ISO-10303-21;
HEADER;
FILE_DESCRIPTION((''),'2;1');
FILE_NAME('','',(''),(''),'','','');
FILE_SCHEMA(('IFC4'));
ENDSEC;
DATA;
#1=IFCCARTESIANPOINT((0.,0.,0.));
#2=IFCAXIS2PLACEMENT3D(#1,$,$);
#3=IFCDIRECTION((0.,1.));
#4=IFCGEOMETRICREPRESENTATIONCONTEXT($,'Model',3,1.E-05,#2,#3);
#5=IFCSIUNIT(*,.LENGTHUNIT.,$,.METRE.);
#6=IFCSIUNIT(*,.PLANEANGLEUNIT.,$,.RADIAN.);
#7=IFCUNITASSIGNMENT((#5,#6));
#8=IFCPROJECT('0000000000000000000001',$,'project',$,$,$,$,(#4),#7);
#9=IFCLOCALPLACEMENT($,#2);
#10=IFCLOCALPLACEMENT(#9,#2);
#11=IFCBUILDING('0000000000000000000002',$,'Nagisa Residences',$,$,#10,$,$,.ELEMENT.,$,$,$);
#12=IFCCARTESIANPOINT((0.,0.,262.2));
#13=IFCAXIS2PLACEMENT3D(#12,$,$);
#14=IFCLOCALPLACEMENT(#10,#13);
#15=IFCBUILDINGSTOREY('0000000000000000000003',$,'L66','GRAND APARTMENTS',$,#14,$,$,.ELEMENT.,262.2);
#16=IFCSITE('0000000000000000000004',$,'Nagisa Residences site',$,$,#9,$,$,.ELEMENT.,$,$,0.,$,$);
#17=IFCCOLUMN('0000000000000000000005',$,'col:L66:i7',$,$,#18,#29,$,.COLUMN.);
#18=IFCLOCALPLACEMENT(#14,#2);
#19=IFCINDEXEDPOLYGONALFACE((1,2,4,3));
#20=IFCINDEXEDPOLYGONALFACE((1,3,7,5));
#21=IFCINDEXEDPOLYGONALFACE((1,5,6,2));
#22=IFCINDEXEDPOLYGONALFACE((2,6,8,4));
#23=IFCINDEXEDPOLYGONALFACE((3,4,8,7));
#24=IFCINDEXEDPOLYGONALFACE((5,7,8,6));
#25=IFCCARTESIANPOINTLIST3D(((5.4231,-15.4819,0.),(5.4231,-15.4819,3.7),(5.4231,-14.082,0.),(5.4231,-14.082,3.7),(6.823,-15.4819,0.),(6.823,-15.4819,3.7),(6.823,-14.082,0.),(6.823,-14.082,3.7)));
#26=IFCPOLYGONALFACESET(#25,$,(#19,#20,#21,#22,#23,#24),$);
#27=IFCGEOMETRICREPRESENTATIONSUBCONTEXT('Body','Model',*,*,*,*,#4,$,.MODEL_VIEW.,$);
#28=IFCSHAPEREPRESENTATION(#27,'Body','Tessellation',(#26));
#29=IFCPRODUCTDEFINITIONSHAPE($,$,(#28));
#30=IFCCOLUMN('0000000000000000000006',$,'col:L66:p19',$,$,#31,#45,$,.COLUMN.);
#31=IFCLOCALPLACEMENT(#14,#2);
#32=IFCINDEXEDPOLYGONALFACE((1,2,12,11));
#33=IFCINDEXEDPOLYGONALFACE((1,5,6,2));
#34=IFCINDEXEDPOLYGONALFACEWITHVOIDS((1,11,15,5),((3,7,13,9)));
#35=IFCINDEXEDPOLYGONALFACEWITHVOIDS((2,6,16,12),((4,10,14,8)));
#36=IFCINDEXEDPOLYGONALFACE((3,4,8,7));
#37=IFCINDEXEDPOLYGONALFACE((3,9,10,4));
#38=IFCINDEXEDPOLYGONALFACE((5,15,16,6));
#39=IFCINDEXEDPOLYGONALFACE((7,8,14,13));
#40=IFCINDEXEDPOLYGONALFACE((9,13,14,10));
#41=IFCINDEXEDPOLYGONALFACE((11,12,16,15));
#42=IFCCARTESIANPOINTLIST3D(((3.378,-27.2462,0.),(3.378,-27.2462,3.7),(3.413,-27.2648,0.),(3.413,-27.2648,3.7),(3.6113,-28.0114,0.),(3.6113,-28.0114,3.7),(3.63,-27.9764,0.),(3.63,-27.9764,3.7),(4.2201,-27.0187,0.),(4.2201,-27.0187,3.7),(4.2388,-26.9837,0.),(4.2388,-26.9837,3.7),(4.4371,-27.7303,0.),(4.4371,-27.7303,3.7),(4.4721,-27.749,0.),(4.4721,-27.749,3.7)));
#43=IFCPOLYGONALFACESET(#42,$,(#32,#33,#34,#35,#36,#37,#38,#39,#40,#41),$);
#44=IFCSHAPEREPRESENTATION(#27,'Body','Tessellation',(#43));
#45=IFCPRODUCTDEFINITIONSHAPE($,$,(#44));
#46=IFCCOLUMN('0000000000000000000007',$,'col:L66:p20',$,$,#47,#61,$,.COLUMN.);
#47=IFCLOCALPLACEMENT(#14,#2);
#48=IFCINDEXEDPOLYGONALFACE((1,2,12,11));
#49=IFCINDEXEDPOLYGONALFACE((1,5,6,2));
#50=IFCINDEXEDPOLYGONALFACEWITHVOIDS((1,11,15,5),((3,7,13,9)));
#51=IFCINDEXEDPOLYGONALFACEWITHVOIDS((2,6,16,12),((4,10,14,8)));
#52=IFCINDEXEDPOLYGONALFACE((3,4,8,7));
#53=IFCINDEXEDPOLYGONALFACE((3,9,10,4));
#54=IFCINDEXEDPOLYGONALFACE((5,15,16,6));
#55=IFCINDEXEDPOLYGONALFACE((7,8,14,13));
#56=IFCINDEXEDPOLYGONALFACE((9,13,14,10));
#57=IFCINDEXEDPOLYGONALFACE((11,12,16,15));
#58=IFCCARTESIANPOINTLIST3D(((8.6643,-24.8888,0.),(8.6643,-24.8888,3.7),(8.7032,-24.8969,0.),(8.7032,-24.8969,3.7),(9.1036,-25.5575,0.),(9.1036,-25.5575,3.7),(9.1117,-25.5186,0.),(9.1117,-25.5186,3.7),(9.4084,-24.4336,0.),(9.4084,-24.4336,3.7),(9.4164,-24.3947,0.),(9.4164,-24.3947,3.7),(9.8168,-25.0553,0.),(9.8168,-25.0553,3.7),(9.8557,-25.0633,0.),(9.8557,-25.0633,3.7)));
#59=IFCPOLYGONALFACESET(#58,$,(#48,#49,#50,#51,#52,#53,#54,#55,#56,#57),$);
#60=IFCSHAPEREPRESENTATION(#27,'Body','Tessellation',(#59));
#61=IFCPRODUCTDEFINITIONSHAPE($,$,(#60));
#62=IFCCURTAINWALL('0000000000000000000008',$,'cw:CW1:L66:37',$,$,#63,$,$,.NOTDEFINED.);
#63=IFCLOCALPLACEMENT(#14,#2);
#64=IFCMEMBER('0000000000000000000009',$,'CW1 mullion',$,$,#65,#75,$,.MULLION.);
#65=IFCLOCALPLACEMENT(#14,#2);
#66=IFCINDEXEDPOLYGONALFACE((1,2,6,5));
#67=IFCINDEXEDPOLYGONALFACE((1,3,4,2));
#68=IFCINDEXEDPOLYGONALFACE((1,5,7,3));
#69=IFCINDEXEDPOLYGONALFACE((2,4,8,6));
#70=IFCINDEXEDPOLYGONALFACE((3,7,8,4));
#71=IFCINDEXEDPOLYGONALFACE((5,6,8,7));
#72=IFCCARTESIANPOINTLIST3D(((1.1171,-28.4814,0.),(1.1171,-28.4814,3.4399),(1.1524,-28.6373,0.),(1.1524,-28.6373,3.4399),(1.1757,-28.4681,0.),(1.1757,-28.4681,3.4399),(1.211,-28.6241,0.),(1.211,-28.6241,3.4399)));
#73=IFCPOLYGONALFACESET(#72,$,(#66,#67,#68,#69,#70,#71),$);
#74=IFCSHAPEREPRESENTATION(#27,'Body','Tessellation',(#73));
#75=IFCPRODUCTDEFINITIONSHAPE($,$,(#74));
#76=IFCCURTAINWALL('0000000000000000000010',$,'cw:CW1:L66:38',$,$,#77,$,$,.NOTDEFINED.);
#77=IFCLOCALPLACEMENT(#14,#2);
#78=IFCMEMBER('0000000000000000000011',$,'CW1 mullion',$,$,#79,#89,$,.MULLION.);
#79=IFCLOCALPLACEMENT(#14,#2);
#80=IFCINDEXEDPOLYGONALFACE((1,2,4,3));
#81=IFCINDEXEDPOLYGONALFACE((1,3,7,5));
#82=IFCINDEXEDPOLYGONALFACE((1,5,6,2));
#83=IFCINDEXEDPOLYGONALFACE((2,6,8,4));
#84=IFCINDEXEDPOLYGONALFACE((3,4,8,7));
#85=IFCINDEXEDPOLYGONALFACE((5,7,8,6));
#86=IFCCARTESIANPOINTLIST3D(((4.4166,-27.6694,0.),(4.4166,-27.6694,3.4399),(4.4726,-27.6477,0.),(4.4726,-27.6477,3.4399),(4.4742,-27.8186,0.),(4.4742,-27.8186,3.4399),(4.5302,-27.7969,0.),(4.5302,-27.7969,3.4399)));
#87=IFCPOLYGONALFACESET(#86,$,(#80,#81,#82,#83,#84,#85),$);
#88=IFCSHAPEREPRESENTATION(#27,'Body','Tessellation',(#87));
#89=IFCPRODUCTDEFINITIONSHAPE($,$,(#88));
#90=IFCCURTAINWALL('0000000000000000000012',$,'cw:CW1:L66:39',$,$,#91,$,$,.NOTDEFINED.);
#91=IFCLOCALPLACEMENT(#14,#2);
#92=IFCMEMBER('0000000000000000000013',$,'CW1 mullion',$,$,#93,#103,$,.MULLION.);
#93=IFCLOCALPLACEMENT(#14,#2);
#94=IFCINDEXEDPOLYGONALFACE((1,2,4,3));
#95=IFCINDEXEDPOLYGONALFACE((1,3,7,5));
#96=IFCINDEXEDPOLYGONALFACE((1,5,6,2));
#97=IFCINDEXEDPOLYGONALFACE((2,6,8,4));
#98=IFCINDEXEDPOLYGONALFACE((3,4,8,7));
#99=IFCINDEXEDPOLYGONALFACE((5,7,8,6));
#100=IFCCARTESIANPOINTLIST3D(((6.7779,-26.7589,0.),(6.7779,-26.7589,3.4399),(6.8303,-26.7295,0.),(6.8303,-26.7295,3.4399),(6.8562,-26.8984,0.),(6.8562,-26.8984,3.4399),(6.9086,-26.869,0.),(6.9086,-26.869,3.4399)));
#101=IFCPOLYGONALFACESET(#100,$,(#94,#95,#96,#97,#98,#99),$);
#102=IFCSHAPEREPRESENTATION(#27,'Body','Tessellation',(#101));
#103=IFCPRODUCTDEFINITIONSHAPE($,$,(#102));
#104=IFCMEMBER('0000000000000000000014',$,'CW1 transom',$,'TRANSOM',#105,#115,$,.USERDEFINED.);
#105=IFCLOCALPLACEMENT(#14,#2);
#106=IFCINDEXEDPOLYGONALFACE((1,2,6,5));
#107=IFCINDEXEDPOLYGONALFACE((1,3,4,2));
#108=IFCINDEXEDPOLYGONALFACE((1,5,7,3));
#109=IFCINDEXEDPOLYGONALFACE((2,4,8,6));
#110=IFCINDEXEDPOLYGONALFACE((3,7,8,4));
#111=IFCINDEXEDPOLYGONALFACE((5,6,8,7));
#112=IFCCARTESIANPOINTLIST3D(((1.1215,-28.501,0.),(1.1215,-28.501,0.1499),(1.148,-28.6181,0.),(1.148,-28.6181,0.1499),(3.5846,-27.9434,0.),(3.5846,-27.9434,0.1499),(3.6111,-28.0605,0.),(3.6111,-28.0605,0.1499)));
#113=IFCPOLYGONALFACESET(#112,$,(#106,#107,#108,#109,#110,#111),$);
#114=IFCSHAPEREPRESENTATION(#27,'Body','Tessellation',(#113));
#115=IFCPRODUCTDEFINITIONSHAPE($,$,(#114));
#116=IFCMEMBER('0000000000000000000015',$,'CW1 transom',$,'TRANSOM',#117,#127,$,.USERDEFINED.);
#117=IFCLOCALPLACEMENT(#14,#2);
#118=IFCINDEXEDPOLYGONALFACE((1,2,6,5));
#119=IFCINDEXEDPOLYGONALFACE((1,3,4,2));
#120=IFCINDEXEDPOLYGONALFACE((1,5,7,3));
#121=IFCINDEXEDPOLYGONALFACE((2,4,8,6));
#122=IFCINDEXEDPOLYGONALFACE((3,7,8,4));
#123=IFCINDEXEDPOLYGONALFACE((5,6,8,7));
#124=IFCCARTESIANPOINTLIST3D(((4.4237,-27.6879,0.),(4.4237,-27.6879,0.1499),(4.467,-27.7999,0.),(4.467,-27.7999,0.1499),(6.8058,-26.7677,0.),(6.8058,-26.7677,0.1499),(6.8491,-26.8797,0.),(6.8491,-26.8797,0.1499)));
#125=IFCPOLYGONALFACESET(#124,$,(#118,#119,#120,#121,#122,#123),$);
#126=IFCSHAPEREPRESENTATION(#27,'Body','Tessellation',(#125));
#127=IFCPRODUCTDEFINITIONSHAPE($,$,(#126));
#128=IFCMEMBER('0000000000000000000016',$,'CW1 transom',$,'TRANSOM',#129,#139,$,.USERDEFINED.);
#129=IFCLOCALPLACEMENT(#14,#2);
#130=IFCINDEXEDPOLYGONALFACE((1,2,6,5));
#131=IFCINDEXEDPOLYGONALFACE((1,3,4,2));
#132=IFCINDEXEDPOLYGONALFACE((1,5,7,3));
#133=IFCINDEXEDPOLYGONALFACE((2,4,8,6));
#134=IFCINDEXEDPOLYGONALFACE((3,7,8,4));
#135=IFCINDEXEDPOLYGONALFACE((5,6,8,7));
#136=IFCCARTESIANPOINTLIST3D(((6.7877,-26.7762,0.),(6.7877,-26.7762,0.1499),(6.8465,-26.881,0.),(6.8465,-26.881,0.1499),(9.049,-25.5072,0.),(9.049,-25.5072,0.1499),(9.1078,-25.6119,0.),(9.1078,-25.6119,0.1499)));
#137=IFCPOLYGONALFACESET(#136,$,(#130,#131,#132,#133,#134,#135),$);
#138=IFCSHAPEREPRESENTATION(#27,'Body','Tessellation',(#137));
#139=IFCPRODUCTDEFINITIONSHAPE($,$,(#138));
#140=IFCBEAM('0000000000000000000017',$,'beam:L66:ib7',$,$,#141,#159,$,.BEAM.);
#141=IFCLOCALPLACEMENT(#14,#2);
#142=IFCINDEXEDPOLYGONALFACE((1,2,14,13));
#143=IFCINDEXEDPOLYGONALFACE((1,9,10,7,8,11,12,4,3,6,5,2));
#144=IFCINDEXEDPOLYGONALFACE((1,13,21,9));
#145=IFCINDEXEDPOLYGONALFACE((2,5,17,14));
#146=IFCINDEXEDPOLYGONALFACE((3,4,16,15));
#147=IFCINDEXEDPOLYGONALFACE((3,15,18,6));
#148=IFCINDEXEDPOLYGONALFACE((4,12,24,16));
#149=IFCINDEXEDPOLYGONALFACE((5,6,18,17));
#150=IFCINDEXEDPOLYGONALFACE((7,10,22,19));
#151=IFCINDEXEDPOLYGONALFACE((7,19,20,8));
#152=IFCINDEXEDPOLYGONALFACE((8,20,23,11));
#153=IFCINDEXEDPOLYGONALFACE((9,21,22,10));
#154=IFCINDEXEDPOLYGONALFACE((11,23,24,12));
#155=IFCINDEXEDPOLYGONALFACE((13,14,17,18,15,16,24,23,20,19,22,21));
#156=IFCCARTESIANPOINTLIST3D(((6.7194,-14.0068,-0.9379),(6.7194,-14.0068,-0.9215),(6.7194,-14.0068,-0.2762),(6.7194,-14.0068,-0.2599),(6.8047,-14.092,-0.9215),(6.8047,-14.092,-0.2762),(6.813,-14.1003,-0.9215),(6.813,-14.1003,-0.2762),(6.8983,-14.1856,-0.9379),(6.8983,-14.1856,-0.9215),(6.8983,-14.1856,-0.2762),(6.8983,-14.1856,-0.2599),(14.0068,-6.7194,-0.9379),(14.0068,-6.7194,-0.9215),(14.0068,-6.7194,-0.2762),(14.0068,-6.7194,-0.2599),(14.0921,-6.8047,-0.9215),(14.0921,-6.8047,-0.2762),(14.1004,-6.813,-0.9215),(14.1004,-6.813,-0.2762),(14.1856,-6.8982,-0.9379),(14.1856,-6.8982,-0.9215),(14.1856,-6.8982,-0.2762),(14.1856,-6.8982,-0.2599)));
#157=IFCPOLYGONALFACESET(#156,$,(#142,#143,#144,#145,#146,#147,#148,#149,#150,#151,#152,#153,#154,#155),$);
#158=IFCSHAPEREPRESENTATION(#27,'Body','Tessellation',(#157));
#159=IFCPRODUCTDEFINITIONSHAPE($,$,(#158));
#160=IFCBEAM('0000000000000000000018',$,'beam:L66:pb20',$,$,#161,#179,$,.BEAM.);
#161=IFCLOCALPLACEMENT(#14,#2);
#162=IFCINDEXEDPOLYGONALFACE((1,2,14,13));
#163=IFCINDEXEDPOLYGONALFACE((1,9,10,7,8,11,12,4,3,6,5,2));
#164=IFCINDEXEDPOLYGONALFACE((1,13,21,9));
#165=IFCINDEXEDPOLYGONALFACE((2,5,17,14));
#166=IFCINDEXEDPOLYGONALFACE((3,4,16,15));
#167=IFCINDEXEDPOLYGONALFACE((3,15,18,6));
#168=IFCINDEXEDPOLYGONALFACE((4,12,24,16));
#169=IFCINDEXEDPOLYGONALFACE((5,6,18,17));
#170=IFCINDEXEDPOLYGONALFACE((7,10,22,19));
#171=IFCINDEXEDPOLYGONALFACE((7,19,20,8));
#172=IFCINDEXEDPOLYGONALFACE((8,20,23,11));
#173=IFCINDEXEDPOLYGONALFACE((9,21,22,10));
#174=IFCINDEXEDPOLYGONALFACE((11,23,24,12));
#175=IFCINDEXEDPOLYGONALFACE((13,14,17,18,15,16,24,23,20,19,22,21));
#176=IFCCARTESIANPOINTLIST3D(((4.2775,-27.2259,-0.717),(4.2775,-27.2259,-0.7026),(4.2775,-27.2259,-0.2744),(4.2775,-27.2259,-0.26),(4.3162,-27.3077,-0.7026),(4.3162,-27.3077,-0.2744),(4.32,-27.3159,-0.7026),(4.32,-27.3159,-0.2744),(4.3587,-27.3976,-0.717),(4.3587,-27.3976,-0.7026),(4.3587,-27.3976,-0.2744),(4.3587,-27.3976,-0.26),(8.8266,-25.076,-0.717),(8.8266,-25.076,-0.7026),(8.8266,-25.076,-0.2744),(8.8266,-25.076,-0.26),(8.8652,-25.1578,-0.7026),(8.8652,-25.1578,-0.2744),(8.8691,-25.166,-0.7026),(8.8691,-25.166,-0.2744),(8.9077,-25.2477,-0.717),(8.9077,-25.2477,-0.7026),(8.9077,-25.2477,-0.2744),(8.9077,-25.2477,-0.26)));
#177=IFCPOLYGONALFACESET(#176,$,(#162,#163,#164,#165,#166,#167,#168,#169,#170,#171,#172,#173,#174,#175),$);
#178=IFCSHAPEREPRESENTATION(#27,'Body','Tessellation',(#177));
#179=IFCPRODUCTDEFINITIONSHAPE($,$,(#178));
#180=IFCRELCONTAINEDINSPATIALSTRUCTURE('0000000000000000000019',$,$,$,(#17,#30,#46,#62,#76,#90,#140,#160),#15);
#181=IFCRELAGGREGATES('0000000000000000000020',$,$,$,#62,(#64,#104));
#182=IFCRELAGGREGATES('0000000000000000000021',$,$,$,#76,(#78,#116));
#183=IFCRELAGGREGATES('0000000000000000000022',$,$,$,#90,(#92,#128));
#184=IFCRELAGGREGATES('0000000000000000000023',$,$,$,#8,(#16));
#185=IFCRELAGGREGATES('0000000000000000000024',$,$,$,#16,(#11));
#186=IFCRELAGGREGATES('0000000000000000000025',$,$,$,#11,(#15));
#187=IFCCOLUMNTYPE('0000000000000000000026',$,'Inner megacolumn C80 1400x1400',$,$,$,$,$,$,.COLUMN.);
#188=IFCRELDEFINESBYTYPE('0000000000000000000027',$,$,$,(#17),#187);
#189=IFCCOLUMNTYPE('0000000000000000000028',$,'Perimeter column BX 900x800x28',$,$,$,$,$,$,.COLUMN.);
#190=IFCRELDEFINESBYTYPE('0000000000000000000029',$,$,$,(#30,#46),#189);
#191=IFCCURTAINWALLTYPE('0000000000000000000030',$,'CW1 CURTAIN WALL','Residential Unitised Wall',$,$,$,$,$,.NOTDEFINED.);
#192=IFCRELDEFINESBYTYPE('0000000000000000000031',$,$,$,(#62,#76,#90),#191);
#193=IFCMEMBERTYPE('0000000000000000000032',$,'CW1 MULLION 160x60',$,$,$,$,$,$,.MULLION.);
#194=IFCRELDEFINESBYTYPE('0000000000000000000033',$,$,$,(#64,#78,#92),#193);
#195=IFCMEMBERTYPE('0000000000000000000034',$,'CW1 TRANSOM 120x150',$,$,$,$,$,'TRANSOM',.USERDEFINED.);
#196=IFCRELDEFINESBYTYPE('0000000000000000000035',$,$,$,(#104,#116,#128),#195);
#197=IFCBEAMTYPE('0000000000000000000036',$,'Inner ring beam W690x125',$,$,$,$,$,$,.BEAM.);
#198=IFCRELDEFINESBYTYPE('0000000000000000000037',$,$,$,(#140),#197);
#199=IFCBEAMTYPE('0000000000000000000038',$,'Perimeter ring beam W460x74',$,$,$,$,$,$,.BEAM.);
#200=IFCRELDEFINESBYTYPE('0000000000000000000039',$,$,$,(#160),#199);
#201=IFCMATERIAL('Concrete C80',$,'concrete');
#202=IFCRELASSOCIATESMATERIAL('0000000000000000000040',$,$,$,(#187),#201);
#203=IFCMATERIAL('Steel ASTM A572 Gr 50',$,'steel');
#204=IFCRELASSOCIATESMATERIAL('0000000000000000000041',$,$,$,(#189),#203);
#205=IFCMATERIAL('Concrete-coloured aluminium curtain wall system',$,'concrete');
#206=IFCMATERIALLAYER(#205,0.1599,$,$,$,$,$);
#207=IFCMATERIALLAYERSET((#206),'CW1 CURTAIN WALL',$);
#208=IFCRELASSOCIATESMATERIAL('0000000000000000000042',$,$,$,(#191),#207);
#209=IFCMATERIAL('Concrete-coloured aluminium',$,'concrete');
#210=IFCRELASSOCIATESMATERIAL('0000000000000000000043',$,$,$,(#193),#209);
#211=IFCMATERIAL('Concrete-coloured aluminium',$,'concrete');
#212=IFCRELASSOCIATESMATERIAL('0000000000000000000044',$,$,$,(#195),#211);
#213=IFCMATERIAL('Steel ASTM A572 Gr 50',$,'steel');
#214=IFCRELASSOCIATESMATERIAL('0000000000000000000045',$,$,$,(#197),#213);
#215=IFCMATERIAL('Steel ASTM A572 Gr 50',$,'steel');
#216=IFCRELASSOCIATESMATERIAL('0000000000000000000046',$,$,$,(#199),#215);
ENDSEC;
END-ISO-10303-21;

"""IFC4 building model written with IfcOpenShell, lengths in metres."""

from ifc_helpers import new_model, si_unit, direction, frame, origin, origin_2d, place, context, subcontext, project, spatial, rectangle, hollow_rectangle, i_section, extrude, material, layer, layer_set, material_profile, profile_set, type_object, element, aggregate, save


model = new_model("IFC4")

# Units and contexts
model_context = context("Model", 3, precision=1e-05, world=origin(), true_north=direction((0.0, 1.0)))
body_context = subcontext(model_context, "Body", "Model", "MODEL_VIEW")
ifc_project = project(units=[si_unit("LENGTHUNIT", "METRE"), si_unit("PLANEANGLEUNIT", "RADIAN")], contexts=[model_context])

# Site, building, storey
site_placement = place(None, origin())
site = spatial("IfcSite", under=ifc_project, at=site_placement, Name="Nagisa Residences site", CompositionType="ELEMENT", RefElevation=0.0)
building_placement = place(site_placement, origin())
building = spatial("IfcBuilding", under=site, at=building_placement, Name="Nagisa Residences", CompositionType="ELEMENT")
storey_placement = place(building_placement, frame((0.0, 0.0, 262.2)))
storey = spatial("IfcBuildingStorey", under=building, at=storey_placement, Name="L66", Description="GRAND APARTMENTS", CompositionType="ELEMENT", Elevation=262.2)

# Columns
ifc_material_1 = material(Name="Concrete C80", Category="concrete")
ifc_material_profile_1 = material_profile(ifc_material_1, rectangle(XDim=1.3999, YDim=1.3999, at=origin_2d()), Name="C80 1400x1400")
ifc_profile_set_1 = profile_set([ifc_material_profile_1], Name="Concrete C80")
column_type_1 = type_object("IfcColumnType", Name="Inner megacolumn C80 1400x1400", PredefinedType="COLUMN", material=ifc_profile_set_1)
column_placement = place(storey_placement, frame((6.123, -14.782, 0.0), z_axis=(0.0, 0.0, 1.0), x_axis=(1.0, 0.0, 0.0)))
element("IfcColumn", 1, at=column_placement, inside=storey, type_object=column_type_1, Name="col:L66:i7", PredefinedType="COLUMN", context=body_context, shape_type="SweptSolid", body=[
    extrude(rectangle(XDim=1.3999, YDim=1.3999, at=origin_2d()), origin(), (0.0, 0.0, 1.0), 3.7),
])
ifc_material_2 = material(Name="Steel ASTM A572 Gr 50", Category="steel")
ifc_material_profile_2 = material_profile(ifc_material_2, hollow_rectangle(XDim=0.8999, YDim=0.8, WallThickness=0.0281, at=origin_2d()), Name="BX 900x800x28")
ifc_profile_set_2 = profile_set([ifc_material_profile_2], Name="Steel ASTM A572 Gr 50")
column_type_2 = type_object("IfcColumnType", Name="Perimeter column BX 900x800x28", PredefinedType="COLUMN", material=ifc_profile_set_2)
for number, where, z_axis, x_axis, name in (
    (2, (3.925, -27.4976, 0.0), (0.0, 0.0, 1.0), (0.956525, 0.291652, 0.0), "col:L66:p19"),
    (3, (9.26, -24.9761, 0.0), (0.0, 0.0, 1.0), (0.835766, 0.549086, 0.0), "col:L66:p20"),
):
    element("IfcColumn", number, at=place(storey_placement, frame(where, z_axis=z_axis, x_axis=x_axis)), inside=storey, type_object=column_type_2, Name=name, PredefinedType="COLUMN", context=body_context, shape_type="SweptSolid", body=[
        extrude(hollow_rectangle(XDim=0.8999, YDim=0.8, WallThickness=0.0281, at=origin_2d()), origin(), (0.0, 0.0, 1.0), 3.7),
    ])

# Curtain walls, members
ifc_material_3 = material(Name="Concrete-coloured aluminium curtain wall system", Category="concrete")
ifc_layer_1 = layer(ifc_material_3, 0.1599)
ifc_layer_set_1 = layer_set([ifc_layer_1], Name="CW1 CURTAIN WALL")
curtain_wall_type = type_object("IfcCurtainWallType", Name="CW1 CURTAIN WALL", Description="Residential Unitised Wall", PredefinedType="NOTDEFINED", material=ifc_layer_set_1)
curtain_wall_1_placement = place(storey_placement, origin())
curtain_wall_1 = element("IfcCurtainWall", 4, at=curtain_wall_1_placement, inside=storey, type_object=curtain_wall_type, Name="cw:CW1:L66:37", PredefinedType="NOTDEFINED")
ifc_material_4 = material(Name="Concrete-coloured aluminium", Category="concrete")
ifc_material_profile_3 = material_profile(ifc_material_4, rectangle(XDim=0.1599, YDim=0.0601, at=origin_2d()), Name="CW1 MULLION 160x60")
ifc_profile_set_3 = profile_set([ifc_material_profile_3], Name="Concrete-coloured aluminium")
member_type_1 = type_object("IfcMemberType", Name="CW1 MULLION 160x60", PredefinedType="MULLION", material=ifc_profile_set_3)
member_1_placement = place(storey_placement, frame((1.1641, -28.5527, 0.0), z_axis=(0.0, 0.0, 1.0), x_axis=(-0.220764, 0.975327, 0.0)))
member_1 = element("IfcMember", 5, at=member_1_placement, type_object=member_type_1, Name="CW1 mullion", PredefinedType="MULLION", context=body_context, shape_type="SweptSolid", body=[
    extrude(rectangle(XDim=0.1599, YDim=0.0601, at=origin_2d()), origin(), (0.0, 0.0, 1.0), 3.4399),
])
curtain_wall_2_placement = place(storey_placement, origin())
curtain_wall_2 = element("IfcCurtainWall", 6, at=curtain_wall_2_placement, inside=storey, type_object=curtain_wall_type, Name="cw:CW1:L66:38", PredefinedType="NOTDEFINED")
member_2_placement = place(storey_placement, frame((4.4734, -27.7332, 0.0), z_axis=(0.0, 0.0, 1.0), x_axis=(-0.360328, 0.932826, 0.0)))
member_2 = element("IfcMember", 7, at=member_2_placement, type_object=member_type_1, Name="CW1 mullion", PredefinedType="MULLION", context=body_context, shape_type="SweptSolid", body=[
    extrude(rectangle(XDim=0.1599, YDim=0.0601, at=origin_2d()), origin(), (0.0, 0.0, 1.0), 3.4399),
])
curtain_wall_3_placement = place(storey_placement, origin())
curtain_wall_3 = element("IfcCurtainWall", 8, at=curtain_wall_3_placement, inside=storey, type_object=curtain_wall_type, Name="cw:CW1:L66:39", PredefinedType="NOTDEFINED")
member_3_placement = place(storey_placement, frame((6.8433, -26.814, 0.0), z_axis=(0.0, 0.0, 1.0), x_axis=(-0.489377, 0.872072, 0.0)))
member_3 = element("IfcMember", 9, at=member_3_placement, type_object=member_type_1, Name="CW1 mullion", PredefinedType="MULLION", context=body_context, shape_type="SweptSolid", body=[
    extrude(rectangle(XDim=0.1599, YDim=0.0601, at=origin_2d()), origin(), (0.0, 0.0, 1.0), 3.4399),
])

# Members
ifc_material_5 = material(Name="Concrete-coloured aluminium", Category="concrete")
ifc_material_profile_4 = material_profile(ifc_material_5, rectangle(XDim=0.1201, YDim=0.1499, at=origin_2d()), Name="CW1 TRANSOM 120x150")
ifc_profile_set_4 = profile_set([ifc_material_profile_4], Name="Concrete-coloured aluminium")
member_type_2 = type_object("IfcMemberType", Name="CW1 TRANSOM 120x150", ElementType="TRANSOM", PredefinedType="USERDEFINED", material=ifc_profile_set_4)
member_4_placement = place(storey_placement, frame((1.1348, -28.5596, 0.075), z_axis=(0.97532, 0.220798, 0.0), x_axis=(-0.220798, 0.97532, 0.0)))
member_4 = element("IfcMember", 10, at=member_4_placement, type_object=member_type_2, Name="CW1 transom", ObjectType="TRANSOM", PredefinedType="USERDEFINED", context=body_context, shape_type="SweptSolid", body=[
    extrude(rectangle(XDim=0.1201, YDim=0.1499, at=origin_2d()), origin(), (0.0, 0.0, 1.0), 2.5254),
])
member_5_placement = place(storey_placement, frame((4.4453, -27.7439, 0.075), z_axis=(0.932822, 0.360337, 0.0), x_axis=(-0.360337, 0.932822, 0.0)))
member_5 = element("IfcMember", 11, at=member_5_placement, type_object=member_type_2, Name="CW1 transom", ObjectType="TRANSOM", PredefinedType="USERDEFINED", context=body_context, shape_type="SweptSolid", body=[
    extrude(rectangle(XDim=0.1201, YDim=0.1499, at=origin_2d()), origin(), (0.0, 0.0, 1.0), 2.5537),
])
member_6_placement = place(storey_placement, frame((6.8171, -26.8286, 0.075), z_axis=(0.872053, 0.489412, 0.0), x_axis=(-0.489412, 0.872053, 0.0)))
member_6 = element("IfcMember", 12, at=member_6_placement, type_object=member_type_2, Name="CW1 transom", ObjectType="TRANSOM", PredefinedType="USERDEFINED", context=body_context, shape_type="SweptSolid", body=[
    extrude(rectangle(XDim=0.1201, YDim=0.1499, at=origin_2d()), origin(), (0.0, 0.0, 1.0), 2.593),
])

# Beams
ifc_material_6 = material(Name="Steel ASTM A572 Gr 50", Category="steel")
ifc_material_profile_5 = material_profile(ifc_material_6, i_section(OverallWidth=0.2529, OverallDepth=0.678, WebThickness=0.0117, FlangeThickness=0.0164, at=origin_2d()), Name="W690x125")
ifc_profile_set_5 = profile_set([ifc_material_profile_5], Name="Steel ASTM A572 Gr 50")
beam_type_1 = type_object("IfcBeamType", Name="Inner ring beam W690x125", PredefinedType="BEAM", material=ifc_profile_set_5)
beam_1_placement = place(storey_placement, frame((6.8088, -14.0962, -0.5989), z_axis=(0.707107, 0.707107, 0.0), x_axis=(-0.707107, 0.707107, 0.0)))
element("IfcBeam", 13, at=beam_1_placement, inside=storey, type_object=beam_type_1, Name="beam:L66:ib7", PredefinedType="BEAM", context=body_context, shape_type="SweptSolid", body=[
    extrude(i_section(OverallWidth=0.2529, OverallDepth=0.678, WebThickness=0.0117, FlangeThickness=0.0164, at=origin_2d()), origin(), (0.0, 0.0, 1.0), 10.3059),
])
ifc_material_7 = material(Name="Steel ASTM A572 Gr 50", Category="steel")
ifc_material_profile_6 = material_profile(ifc_material_7, i_section(OverallWidth=0.1899, OverallDepth=0.457, WebThickness=0.009, FlangeThickness=0.0144, at=origin_2d()), Name="W460x74")
ifc_profile_set_6 = profile_set([ifc_material_profile_6], Name="Steel ASTM A572 Gr 50")
beam_type_2 = type_object("IfcBeamType", Name="Perimeter ring beam W460x74", PredefinedType="BEAM", material=ifc_profile_set_6)
beam_2_placement = place(storey_placement, frame((4.3181, -27.3118, -0.4885), z_axis=(0.904116, 0.427287, 0.0), x_axis=(-0.427287, 0.904116, 0.0)))
element("IfcBeam", 14, at=beam_2_placement, inside=storey, type_object=beam_type_2, Name="beam:L66:pb20", PredefinedType="BEAM", context=body_context, shape_type="SweptSolid", body=[
    extrude(i_section(OverallWidth=0.1899, OverallDepth=0.457, WebThickness=0.009, FlangeThickness=0.0144, at=origin_2d()), origin(), (0.0, 0.0, 1.0), 5.0315),
])

aggregate(curtain_wall_1, [member_1, member_4])
aggregate(curtain_wall_2, [member_2, member_5])
aggregate(curtain_wall_3, [member_3, member_6])

save(model, "model.ifc")
